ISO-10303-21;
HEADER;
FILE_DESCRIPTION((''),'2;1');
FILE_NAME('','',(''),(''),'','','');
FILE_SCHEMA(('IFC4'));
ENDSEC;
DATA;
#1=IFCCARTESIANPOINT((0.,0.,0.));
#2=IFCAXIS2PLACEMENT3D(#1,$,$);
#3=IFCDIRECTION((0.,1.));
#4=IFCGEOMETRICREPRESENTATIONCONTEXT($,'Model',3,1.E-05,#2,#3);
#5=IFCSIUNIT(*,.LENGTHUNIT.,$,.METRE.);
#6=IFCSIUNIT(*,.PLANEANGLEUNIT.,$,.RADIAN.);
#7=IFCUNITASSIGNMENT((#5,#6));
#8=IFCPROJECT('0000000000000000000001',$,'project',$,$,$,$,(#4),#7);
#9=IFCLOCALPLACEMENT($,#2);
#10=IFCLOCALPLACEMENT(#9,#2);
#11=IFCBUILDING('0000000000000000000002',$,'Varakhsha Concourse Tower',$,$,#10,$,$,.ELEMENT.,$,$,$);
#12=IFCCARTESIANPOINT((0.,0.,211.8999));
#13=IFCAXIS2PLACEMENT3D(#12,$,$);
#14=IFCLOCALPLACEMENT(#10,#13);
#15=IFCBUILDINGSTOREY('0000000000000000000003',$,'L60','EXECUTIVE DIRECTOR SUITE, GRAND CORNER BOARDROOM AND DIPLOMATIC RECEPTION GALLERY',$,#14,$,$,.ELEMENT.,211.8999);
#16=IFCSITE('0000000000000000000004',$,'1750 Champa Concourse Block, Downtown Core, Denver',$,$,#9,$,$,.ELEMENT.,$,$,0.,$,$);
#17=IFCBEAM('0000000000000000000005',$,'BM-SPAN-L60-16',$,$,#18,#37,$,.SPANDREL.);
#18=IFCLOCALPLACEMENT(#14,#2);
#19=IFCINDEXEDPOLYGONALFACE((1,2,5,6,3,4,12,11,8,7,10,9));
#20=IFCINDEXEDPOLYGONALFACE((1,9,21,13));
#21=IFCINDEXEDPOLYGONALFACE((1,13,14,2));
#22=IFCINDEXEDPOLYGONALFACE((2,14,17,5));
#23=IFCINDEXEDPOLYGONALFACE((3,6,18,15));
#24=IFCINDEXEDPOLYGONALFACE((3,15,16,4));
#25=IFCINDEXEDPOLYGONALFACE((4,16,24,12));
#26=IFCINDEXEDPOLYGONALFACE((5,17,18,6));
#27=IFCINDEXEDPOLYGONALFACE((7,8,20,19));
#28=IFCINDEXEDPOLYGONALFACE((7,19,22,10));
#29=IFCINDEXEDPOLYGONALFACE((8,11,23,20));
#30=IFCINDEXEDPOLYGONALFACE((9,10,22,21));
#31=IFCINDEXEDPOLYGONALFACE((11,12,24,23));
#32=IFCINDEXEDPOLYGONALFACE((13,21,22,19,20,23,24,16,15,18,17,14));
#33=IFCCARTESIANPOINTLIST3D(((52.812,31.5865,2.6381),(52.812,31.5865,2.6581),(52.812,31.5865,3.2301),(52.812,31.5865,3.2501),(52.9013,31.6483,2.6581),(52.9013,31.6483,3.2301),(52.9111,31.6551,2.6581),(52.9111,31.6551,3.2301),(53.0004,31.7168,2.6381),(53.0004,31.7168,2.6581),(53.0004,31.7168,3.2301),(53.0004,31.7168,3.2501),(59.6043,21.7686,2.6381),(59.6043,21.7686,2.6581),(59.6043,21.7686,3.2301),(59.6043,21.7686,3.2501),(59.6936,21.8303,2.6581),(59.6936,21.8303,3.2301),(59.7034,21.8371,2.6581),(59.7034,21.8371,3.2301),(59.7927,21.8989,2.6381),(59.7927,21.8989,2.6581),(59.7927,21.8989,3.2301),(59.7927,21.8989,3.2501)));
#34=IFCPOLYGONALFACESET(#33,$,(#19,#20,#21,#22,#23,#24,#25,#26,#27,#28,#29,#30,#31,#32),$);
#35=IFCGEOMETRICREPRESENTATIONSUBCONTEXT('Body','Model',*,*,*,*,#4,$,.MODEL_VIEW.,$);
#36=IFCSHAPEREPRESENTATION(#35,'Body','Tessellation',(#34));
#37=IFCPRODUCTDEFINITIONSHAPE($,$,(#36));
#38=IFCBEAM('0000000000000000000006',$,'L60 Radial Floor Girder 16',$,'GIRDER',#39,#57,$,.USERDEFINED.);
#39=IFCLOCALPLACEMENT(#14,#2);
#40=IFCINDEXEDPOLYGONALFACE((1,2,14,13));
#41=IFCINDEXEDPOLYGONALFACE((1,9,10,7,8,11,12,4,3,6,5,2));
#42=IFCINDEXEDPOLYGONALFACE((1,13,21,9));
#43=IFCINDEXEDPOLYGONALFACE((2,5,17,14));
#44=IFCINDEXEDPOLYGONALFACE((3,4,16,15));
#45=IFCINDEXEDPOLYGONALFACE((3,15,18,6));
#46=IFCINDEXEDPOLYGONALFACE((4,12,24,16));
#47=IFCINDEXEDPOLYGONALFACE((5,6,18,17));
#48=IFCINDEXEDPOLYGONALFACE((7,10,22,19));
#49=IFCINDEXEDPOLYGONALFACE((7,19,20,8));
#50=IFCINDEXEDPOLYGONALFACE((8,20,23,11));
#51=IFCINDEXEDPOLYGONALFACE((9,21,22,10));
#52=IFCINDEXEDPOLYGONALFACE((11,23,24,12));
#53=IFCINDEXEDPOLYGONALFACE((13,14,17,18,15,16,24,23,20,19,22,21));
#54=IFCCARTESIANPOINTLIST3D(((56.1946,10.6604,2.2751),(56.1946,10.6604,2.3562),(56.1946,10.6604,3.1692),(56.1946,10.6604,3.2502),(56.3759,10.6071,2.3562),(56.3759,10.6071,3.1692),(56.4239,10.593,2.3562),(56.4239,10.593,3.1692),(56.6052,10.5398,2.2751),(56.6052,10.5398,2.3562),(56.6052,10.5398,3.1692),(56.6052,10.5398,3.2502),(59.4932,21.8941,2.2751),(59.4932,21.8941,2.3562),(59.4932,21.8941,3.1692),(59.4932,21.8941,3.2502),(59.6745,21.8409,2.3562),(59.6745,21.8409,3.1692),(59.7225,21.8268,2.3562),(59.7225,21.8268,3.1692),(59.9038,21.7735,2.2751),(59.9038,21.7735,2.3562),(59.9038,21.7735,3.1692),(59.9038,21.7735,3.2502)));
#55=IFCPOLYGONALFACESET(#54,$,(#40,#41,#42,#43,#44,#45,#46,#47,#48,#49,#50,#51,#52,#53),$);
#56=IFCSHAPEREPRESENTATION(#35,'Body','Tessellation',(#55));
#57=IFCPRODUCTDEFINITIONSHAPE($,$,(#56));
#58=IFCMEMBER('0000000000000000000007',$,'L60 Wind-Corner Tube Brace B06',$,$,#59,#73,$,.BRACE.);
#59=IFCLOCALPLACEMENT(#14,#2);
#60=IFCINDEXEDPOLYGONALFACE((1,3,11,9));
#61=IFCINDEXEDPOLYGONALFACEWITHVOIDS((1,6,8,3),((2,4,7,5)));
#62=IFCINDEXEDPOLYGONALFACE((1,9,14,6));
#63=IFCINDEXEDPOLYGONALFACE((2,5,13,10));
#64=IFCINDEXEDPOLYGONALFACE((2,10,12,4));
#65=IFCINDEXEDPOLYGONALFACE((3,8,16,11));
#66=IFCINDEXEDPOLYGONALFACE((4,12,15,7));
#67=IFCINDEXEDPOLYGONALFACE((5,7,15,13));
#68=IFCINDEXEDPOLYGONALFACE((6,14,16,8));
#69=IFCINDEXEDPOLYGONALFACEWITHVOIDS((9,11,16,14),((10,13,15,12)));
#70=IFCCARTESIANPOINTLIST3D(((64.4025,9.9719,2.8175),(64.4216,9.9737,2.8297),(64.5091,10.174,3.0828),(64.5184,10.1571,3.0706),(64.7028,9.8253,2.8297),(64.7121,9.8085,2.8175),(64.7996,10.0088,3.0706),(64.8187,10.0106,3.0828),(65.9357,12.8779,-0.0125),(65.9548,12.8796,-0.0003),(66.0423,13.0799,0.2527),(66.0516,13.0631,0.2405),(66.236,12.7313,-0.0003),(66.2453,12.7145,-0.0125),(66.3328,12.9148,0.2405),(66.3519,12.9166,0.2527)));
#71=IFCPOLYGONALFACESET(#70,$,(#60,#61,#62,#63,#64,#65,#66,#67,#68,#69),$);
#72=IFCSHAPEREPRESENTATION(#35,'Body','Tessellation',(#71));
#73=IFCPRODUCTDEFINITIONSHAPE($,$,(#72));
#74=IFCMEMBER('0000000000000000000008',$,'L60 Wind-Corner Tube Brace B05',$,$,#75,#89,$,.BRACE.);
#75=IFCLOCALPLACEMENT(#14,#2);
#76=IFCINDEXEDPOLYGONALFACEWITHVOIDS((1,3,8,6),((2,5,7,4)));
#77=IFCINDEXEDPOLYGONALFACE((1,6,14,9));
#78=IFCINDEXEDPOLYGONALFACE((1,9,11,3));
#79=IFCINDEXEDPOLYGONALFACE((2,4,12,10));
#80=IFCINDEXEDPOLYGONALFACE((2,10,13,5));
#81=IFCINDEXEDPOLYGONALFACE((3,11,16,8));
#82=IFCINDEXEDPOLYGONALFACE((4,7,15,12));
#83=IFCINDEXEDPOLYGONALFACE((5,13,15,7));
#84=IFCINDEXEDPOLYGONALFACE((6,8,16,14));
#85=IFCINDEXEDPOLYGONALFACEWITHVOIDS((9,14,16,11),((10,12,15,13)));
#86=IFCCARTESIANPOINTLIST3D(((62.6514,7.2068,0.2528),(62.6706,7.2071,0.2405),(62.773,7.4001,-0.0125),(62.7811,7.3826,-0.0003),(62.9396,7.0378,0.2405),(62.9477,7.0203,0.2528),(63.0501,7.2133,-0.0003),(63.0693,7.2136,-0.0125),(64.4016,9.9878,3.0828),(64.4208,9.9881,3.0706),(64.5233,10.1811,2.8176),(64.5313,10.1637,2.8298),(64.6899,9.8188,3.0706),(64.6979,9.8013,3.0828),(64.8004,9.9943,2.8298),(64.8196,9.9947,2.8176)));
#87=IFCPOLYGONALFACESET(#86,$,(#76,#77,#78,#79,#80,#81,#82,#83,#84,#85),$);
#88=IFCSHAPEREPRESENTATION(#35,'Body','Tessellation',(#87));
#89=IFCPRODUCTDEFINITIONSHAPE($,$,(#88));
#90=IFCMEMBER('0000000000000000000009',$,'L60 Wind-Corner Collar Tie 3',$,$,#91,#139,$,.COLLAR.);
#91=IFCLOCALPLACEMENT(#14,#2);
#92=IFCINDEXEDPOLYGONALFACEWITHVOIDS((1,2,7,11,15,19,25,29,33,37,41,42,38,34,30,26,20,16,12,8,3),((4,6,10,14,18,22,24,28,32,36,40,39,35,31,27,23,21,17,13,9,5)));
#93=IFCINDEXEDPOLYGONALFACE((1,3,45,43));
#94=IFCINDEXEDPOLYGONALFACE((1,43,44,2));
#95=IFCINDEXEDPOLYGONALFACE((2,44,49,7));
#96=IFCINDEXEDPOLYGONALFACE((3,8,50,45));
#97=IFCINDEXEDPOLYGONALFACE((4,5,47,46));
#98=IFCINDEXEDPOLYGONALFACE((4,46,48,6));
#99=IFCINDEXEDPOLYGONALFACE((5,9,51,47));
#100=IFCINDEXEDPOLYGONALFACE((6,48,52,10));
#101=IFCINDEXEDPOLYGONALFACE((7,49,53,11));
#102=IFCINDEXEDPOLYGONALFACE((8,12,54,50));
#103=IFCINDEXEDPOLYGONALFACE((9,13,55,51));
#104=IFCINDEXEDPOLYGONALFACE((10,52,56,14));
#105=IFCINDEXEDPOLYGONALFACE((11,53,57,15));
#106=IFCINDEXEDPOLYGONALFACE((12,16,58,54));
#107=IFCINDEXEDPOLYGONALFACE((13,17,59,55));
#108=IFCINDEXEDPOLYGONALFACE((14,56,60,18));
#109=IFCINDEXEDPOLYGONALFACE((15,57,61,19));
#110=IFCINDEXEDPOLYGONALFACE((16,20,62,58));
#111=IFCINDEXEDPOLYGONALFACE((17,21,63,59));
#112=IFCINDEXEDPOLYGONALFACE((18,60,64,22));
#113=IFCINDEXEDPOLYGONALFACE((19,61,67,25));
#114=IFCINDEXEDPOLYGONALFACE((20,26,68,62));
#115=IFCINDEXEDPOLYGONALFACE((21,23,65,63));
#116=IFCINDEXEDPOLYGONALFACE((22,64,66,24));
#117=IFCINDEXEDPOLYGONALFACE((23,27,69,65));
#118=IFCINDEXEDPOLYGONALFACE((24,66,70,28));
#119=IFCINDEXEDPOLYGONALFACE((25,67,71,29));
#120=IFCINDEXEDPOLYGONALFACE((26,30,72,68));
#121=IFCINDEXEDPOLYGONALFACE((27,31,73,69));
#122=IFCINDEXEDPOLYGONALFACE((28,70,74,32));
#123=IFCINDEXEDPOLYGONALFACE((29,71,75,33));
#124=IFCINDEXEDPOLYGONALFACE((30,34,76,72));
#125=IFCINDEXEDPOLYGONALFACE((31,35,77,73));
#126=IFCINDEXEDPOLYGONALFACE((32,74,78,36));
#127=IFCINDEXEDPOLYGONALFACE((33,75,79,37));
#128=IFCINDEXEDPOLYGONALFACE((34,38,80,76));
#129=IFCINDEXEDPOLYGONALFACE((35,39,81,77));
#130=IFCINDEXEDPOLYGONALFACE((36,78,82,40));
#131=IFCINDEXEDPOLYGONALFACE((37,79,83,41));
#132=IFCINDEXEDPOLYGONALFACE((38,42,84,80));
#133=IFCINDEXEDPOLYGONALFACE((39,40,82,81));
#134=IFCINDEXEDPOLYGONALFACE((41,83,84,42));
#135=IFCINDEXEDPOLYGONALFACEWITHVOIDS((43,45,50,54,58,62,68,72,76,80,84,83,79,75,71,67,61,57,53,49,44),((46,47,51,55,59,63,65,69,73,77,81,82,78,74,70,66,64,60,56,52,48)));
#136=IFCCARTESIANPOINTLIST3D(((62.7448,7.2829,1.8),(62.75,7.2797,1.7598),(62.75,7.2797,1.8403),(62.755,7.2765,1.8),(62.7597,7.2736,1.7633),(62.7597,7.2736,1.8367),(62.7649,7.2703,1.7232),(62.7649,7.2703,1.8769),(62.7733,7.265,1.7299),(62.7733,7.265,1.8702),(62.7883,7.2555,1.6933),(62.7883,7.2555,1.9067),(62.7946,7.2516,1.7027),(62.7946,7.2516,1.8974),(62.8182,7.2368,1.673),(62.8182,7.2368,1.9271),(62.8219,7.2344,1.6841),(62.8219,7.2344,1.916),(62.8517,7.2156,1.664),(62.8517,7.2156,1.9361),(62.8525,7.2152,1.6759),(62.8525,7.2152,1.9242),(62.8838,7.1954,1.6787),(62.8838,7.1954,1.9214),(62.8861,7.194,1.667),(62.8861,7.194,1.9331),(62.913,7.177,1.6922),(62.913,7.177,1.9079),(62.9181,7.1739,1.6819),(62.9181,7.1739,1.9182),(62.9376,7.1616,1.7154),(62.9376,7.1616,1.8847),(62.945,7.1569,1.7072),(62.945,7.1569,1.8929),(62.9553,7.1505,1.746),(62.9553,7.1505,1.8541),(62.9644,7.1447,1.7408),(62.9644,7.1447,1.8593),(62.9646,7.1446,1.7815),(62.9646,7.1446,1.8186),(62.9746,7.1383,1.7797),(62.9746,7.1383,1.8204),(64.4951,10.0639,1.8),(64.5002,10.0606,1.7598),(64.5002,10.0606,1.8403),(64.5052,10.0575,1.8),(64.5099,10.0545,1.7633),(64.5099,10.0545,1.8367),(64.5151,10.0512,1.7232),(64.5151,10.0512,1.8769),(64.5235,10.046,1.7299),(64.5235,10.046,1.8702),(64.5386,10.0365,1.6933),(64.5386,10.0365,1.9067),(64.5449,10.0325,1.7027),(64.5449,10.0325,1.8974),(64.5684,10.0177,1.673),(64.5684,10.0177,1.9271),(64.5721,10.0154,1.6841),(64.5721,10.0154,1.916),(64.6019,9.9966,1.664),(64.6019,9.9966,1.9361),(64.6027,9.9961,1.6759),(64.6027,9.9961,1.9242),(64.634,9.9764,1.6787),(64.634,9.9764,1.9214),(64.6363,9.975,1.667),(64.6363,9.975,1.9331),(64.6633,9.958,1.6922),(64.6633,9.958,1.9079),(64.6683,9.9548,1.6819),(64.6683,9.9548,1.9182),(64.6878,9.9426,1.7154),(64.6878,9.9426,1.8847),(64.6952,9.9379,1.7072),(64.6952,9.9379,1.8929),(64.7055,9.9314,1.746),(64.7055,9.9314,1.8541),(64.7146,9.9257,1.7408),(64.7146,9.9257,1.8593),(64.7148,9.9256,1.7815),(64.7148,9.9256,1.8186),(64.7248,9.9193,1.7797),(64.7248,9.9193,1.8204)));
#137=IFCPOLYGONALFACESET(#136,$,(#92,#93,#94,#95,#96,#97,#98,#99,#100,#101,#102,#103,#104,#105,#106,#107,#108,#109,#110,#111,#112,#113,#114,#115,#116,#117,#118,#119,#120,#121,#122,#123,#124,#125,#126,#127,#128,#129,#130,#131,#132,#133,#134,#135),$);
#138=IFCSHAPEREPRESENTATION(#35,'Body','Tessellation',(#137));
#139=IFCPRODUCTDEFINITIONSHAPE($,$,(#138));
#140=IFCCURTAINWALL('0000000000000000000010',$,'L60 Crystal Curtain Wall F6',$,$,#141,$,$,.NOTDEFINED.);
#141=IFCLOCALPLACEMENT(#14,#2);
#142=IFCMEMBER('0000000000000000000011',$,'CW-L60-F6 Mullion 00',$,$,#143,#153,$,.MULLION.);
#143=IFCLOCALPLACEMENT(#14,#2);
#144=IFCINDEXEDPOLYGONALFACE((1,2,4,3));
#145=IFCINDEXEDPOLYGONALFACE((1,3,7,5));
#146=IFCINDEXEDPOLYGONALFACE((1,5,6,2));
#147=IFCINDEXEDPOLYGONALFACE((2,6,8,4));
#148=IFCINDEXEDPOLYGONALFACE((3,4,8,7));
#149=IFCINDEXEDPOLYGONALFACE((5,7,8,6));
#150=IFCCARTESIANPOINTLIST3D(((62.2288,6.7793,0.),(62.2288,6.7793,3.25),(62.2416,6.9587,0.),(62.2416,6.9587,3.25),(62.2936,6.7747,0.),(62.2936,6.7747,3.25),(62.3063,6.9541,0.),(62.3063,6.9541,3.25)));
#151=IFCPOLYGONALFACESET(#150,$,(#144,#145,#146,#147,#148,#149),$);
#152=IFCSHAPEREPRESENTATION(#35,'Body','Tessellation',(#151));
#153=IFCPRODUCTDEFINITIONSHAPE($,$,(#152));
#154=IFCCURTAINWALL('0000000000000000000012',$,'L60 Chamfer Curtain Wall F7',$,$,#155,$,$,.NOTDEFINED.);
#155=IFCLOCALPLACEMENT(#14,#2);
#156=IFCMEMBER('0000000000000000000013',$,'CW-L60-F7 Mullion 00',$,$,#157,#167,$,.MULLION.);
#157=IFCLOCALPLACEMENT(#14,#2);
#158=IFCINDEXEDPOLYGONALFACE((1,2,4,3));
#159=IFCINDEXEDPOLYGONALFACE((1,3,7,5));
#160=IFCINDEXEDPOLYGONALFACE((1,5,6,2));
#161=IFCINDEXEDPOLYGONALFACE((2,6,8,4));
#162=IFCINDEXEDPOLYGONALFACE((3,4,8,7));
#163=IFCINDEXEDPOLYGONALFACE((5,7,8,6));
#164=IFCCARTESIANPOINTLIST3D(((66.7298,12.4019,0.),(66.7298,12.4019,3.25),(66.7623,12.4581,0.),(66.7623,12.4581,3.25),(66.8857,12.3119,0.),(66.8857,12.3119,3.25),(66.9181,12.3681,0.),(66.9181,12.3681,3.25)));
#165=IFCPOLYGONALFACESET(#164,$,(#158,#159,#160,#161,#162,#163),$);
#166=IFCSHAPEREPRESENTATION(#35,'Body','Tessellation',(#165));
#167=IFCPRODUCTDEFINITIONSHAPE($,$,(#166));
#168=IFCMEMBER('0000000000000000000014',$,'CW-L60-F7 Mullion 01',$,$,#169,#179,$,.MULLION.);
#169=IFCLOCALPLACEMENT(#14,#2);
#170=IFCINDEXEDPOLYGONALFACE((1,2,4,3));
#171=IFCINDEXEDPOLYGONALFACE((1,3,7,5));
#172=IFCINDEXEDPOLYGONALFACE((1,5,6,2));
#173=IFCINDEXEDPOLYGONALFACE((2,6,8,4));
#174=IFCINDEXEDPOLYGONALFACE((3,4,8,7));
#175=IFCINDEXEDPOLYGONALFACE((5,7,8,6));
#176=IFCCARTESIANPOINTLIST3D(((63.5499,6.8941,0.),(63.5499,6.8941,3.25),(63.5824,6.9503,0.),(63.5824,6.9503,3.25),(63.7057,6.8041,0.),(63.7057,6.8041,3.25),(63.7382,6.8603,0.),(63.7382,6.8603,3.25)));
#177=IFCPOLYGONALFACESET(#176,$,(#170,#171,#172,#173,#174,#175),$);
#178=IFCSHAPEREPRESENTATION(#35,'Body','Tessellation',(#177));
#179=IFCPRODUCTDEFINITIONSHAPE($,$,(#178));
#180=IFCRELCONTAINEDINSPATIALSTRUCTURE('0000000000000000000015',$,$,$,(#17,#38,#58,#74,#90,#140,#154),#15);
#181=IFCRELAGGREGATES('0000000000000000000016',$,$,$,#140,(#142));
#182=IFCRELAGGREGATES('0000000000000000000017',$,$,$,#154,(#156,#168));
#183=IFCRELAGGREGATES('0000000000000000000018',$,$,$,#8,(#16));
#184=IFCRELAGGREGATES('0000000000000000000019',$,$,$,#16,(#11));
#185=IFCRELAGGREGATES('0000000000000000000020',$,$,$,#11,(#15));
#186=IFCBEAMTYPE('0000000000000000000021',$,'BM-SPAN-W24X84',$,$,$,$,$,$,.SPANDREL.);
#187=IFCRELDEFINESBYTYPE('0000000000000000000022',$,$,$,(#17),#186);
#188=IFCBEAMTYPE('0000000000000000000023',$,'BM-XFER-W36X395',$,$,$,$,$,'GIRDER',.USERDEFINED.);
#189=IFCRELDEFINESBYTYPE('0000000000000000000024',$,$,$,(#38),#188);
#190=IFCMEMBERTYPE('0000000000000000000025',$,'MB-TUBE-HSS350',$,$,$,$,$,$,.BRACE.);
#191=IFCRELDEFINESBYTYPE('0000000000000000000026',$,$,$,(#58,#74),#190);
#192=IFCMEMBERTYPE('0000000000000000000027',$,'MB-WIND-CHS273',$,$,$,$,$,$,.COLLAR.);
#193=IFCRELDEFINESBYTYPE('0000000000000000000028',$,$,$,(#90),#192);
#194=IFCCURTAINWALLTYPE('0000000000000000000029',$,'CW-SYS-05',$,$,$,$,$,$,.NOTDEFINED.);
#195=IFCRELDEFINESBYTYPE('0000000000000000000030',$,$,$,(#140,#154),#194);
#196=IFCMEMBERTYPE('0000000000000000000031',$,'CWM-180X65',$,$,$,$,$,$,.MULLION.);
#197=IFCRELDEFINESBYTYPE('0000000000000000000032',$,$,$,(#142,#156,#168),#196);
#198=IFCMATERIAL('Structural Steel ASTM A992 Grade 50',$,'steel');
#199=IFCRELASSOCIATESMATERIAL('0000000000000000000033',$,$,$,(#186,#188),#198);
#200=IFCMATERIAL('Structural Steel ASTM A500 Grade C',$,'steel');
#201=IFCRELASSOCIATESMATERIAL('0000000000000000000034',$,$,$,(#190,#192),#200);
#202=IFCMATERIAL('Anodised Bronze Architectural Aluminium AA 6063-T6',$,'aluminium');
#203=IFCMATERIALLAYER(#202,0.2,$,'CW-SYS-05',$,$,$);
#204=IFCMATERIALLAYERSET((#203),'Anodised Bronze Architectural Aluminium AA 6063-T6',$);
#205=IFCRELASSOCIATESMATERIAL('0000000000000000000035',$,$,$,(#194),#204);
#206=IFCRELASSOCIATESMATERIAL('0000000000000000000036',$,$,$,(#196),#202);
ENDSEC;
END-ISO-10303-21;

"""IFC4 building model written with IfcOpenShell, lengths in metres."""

from ifc_helpers import new_model, si_unit, direction, frame, origin, origin_2d, place, context, subcontext, project, spatial, rectangle, hollow_rectangle, hollow_circle, i_section, extrude, source, transform, mapped, material, layer, layer_set, material_profile, profile_set, type_object, type_shapes, element, aggregate, save


model = new_model("IFC4")

# Units and contexts
model_context = context("Model", 3, precision=1e-05, world=origin(), true_north=direction((0.0, 1.0)))
body_context = subcontext(model_context, "Body", "Model", "MODEL_VIEW")
ifc_project = project(units=[si_unit("LENGTHUNIT", "METRE"), si_unit("PLANEANGLEUNIT", "RADIAN")], contexts=[model_context])

# Site, building, storey
site_placement = place(None, origin())
site = spatial("IfcSite", under=ifc_project, at=site_placement, Name="1750 Champa Concourse Block, Downtown Core, Denver", CompositionType="ELEMENT", RefElevation=0.0)
building_placement = place(site_placement, origin())
building = spatial("IfcBuilding", under=site, at=building_placement, Name="Varakhsha Concourse Tower", CompositionType="ELEMENT")
storey_placement = place(building_placement, frame((0.0, 0.0, 211.8999)))
storey = spatial("IfcBuildingStorey", under=building, at=storey_placement, Name="L60", Description="EXECUTIVE DIRECTOR SUITE, GRAND CORNER BOARDROOM AND DIPLOMATIC RECEPTION GALLERY", CompositionType="ELEMENT", Elevation=211.8999)

# Beams
ifc_material_1 = material(Name="Structural Steel ASTM A992 Grade 50", Category="steel")
ifc_material_profile_1 = material_profile(ifc_material_1, i_section(OverallWidth=0.229, OverallDepth=0.6121, WebThickness=0.012, FlangeThickness=0.02, at=origin_2d()), Name="W24X84")
ifc_profile_set_1 = profile_set([ifc_material_profile_1], Name="Structural Steel ASTM A992 Grade 50")
beam_type_1 = type_object("IfcBeamType", Name="BM-SPAN-W24X84", PredefinedType="SPANDREL", material=ifc_profile_set_1)
beam_1_placement = place(storey_placement, frame((59.6985, 21.8337, 2.9441), z_axis=(-0.568941, 0.822378, 0.0), x_axis=(-0.822378, -0.568941, 0.0)))
element("IfcBeam", 1, at=beam_1_placement, inside=storey, type_object=beam_type_1, Name="BM-SPAN-L60-16", PredefinedType="SPANDREL", context=body_context, shape_type="SweptSolid", body=[
    extrude(i_section(OverallWidth=0.229, OverallDepth=0.6121, WebThickness=0.012, FlangeThickness=0.02, at=origin_2d()), origin(), (0.0, 0.0, 1.0), 11.9385),
])
ifc_material_profile_2 = material_profile(ifc_material_1, i_section(OverallWidth=0.428, OverallDepth=0.9751, WebThickness=0.05, FlangeThickness=0.0811, at=origin_2d()), Name="W36X395")
ifc_profile_set_2 = profile_set([ifc_material_profile_2], Name="Structural Steel ASTM A992 Grade 50")
beam_type_2 = type_object("IfcBeamType", Name="BM-XFER-W36X395", ElementType="GIRDER", PredefinedType="USERDEFINED", material=ifc_profile_set_2)
beam_2_placement = place(storey_placement, frame((56.3999, 10.6001, 2.7627), z_axis=(0.28174, 0.959491, 0.0), x_axis=(-0.959491, 0.28174, 0.0)))
element("IfcBeam", 2, at=beam_2_placement, inside=storey, type_object=beam_type_2, Name="L60 Radial Floor Girder 16", ObjectType="GIRDER", PredefinedType="USERDEFINED", context=body_context, shape_type="SweptSolid", body=[
    extrude(i_section(OverallWidth=0.428, OverallDepth=0.9751, WebThickness=0.05, FlangeThickness=0.0811, at=origin_2d()), origin(), (0.0, 0.0, 1.0), 11.708),
])

# Members
ifc_material_2 = material(Name="Structural Steel ASTM A500 Grade C", Category="steel")
ifc_material_profile_3 = material_profile(ifc_material_2, hollow_rectangle(XDim=0.3501, YDim=0.3501, WallThickness=0.0161, at=origin_2d()), Name="HSS 350x350x16")
ifc_profile_set_3 = profile_set([ifc_material_profile_3], Name="Structural Steel ASTM A500 Grade C")
member_type_1 = type_object("IfcMemberType", Name="MB-TUBE-HSS350", PredefinedType="BRACE", material=ifc_profile_set_3)
shared_shape_1 = source(origin(), body_context, "Body", "SweptSolid", [
    extrude(hollow_rectangle(XDim=0.3501, YDim=0.3501, WallThickness=0.0161, at=origin_2d()), origin(), (0.0, 0.0, 1.0), 4.3364),
])
member_1_placement = place(storey_placement, frame((66.1438, 12.8972, 0.1201), z_axis=(-0.353561, -0.670133, 0.652623), x_axis=(0.88445, -0.466634, 0.0)))
element("IfcMember", 3, at=member_1_placement, inside=storey, type_object=member_type_1, Name="L60 Wind-Corner Tube Brace B06", PredefinedType="BRACE", context=body_context, shape_type="MappedRepresentation", body=[
    mapped(shared_shape_1, transform((0.0, 0.0, 0.0), scale=1.0)),
])
shared_shape_2 = source(origin(), body_context, "Body", "SweptSolid", [
    extrude(hollow_rectangle(XDim=0.3501, YDim=0.3501, WallThickness=0.0161, at=origin_2d()), origin(), (0.0, 0.0, 1.0), 4.3367),
])
type_shapes(member_type_1, [shared_shape_1, shared_shape_2])
member_2_placement = place(storey_placement, frame((62.8604, 7.2102, 0.1201), z_axis=(0.403592, 0.641277, 0.652593), x_axis=(-0.846337, 0.532648, 0.0)))
element("IfcMember", 4, at=member_2_placement, inside=storey, type_object=member_type_1, Name="L60 Wind-Corner Tube Brace B05", PredefinedType="BRACE", context=body_context, shape_type="MappedRepresentation", body=[
    mapped(shared_shape_2, transform((0.0, 0.0, 0.0), scale=1.0)),
])
ifc_material_profile_4 = material_profile(ifc_material_2, hollow_circle(Radius=0.1365, WallThickness=0.012, at=origin_2d()), Name="CHS 273x12")
ifc_profile_set_4 = profile_set([ifc_material_profile_4], Name="Structural Steel ASTM A500 Grade C")
member_type_2 = type_object("IfcMemberType", Name="MB-WIND-CHS273", PredefinedType="COLLAR", material=ifc_profile_set_4)
shared_shape_3 = source(origin(), body_context, "Body", "SweptSolid", [
    extrude(hollow_circle(Radius=0.1365, WallThickness=0.012, at=origin_2d()), origin(), (0.0, 0.0, 1.0), 3.2859),
])
type_shapes(member_type_2, [shared_shape_3])
member_3_placement = place(storey_placement, frame((62.8604, 7.2102, 1.8), z_axis=(0.532648, 0.846337, 0.0), x_axis=(-0.846337, 0.532648, 0.0)))
element("IfcMember", 5, at=member_3_placement, inside=storey, type_object=member_type_2, Name="L60 Wind-Corner Collar Tie 3", PredefinedType="COLLAR", context=body_context, shape_type="MappedRepresentation", body=[
    mapped(shared_shape_3, transform((0.0, 0.0, 0.0), scale=1.0)),
])

# Curtain wall, member
ifc_material_3 = material(Name="Anodised Bronze Architectural Aluminium AA 6063-T6", Category="aluminium")
ifc_layer_1 = layer(ifc_material_3, 0.2, Name="CW-SYS-05")
ifc_layer_set_1 = layer_set([ifc_layer_1], Name="Anodised Bronze Architectural Aluminium AA 6063-T6")
curtain_wall_type = type_object("IfcCurtainWallType", Name="CW-SYS-05", PredefinedType="NOTDEFINED", material=ifc_layer_set_1)
curtain_wall_1_placement = place(storey_placement, origin())
curtain_wall_1 = element("IfcCurtainWall", 6, at=curtain_wall_1_placement, inside=storey, type_object=curtain_wall_type, Name="L60 Crystal Curtain Wall F6", PredefinedType="NOTDEFINED")
ifc_material_profile_5 = material_profile(ifc_material_3, rectangle(XDim=0.0649, YDim=0.1799, at=origin_2d()), Name="CWM-180X65")
ifc_profile_set_5 = profile_set([ifc_material_profile_5], Name="Anodised Bronze Architectural Aluminium AA 6063-T6")
member_type_3 = type_object("IfcMemberType", Name="CWM-180X65", PredefinedType="MULLION", material=ifc_profile_set_5)
shared_shape_4 = source(origin(), body_context, "Body", "SweptSolid", [
    extrude(rectangle(XDim=0.0649, YDim=0.1799, at=origin_2d()), origin(), (0.0, 0.0, 1.0), 3.25),
])
type_shapes(member_type_3, [shared_shape_4])
member_4_placement = place(storey_placement, frame((62.2676, 6.8667, 0.0), z_axis=(0.0, 0.0, 1.0), x_axis=(-0.997496, 0.070723, 0.0)))
member_4 = element("IfcMember", 7, at=member_4_placement, type_object=member_type_3, Name="CW-L60-F6 Mullion 00", PredefinedType="MULLION", context=body_context, shape_type="MappedRepresentation", body=[
    mapped(shared_shape_4, transform((0.0, 0.0, 0.0), scale=1.0)),
])

# Curtain wall, members
curtain_wall_2_placement = place(storey_placement, origin())
curtain_wall_2 = element("IfcCurtainWall", 8, at=curtain_wall_2_placement, inside=storey, type_object=curtain_wall_type, Name="L60 Chamfer Curtain Wall F7", PredefinedType="NOTDEFINED")
member_5_placement = place(storey_placement, frame((66.824, 12.385, 0.0), z_axis=(0.0, 0.0, 1.0), x_axis=(-0.499994, -0.866029, 0.0)))
member_5 = element("IfcMember", 9, at=member_5_placement, type_object=member_type_3, Name="CW-L60-F7 Mullion 00", PredefinedType="MULLION", context=body_context, shape_type="MappedRepresentation", body=[
    mapped(shared_shape_4, transform((0.0, 0.0, 0.0), scale=1.0)),
])
member_6_placement = place(storey_placement, frame((63.644, 6.8772, 0.0), z_axis=(0.0, 0.0, 1.0), x_axis=(-0.499994, -0.866029, 0.0)))
member_6 = element("IfcMember", 10, at=member_6_placement, type_object=member_type_3, Name="CW-L60-F7 Mullion 01", PredefinedType="MULLION", context=body_context, shape_type="MappedRepresentation", body=[
    mapped(shared_shape_4, transform((0.0, 0.0, 0.0), scale=1.0)),
])

aggregate(curtain_wall_1, [member_4])
aggregate(curtain_wall_2, [member_5, member_6])

save(model, "model.ifc")
